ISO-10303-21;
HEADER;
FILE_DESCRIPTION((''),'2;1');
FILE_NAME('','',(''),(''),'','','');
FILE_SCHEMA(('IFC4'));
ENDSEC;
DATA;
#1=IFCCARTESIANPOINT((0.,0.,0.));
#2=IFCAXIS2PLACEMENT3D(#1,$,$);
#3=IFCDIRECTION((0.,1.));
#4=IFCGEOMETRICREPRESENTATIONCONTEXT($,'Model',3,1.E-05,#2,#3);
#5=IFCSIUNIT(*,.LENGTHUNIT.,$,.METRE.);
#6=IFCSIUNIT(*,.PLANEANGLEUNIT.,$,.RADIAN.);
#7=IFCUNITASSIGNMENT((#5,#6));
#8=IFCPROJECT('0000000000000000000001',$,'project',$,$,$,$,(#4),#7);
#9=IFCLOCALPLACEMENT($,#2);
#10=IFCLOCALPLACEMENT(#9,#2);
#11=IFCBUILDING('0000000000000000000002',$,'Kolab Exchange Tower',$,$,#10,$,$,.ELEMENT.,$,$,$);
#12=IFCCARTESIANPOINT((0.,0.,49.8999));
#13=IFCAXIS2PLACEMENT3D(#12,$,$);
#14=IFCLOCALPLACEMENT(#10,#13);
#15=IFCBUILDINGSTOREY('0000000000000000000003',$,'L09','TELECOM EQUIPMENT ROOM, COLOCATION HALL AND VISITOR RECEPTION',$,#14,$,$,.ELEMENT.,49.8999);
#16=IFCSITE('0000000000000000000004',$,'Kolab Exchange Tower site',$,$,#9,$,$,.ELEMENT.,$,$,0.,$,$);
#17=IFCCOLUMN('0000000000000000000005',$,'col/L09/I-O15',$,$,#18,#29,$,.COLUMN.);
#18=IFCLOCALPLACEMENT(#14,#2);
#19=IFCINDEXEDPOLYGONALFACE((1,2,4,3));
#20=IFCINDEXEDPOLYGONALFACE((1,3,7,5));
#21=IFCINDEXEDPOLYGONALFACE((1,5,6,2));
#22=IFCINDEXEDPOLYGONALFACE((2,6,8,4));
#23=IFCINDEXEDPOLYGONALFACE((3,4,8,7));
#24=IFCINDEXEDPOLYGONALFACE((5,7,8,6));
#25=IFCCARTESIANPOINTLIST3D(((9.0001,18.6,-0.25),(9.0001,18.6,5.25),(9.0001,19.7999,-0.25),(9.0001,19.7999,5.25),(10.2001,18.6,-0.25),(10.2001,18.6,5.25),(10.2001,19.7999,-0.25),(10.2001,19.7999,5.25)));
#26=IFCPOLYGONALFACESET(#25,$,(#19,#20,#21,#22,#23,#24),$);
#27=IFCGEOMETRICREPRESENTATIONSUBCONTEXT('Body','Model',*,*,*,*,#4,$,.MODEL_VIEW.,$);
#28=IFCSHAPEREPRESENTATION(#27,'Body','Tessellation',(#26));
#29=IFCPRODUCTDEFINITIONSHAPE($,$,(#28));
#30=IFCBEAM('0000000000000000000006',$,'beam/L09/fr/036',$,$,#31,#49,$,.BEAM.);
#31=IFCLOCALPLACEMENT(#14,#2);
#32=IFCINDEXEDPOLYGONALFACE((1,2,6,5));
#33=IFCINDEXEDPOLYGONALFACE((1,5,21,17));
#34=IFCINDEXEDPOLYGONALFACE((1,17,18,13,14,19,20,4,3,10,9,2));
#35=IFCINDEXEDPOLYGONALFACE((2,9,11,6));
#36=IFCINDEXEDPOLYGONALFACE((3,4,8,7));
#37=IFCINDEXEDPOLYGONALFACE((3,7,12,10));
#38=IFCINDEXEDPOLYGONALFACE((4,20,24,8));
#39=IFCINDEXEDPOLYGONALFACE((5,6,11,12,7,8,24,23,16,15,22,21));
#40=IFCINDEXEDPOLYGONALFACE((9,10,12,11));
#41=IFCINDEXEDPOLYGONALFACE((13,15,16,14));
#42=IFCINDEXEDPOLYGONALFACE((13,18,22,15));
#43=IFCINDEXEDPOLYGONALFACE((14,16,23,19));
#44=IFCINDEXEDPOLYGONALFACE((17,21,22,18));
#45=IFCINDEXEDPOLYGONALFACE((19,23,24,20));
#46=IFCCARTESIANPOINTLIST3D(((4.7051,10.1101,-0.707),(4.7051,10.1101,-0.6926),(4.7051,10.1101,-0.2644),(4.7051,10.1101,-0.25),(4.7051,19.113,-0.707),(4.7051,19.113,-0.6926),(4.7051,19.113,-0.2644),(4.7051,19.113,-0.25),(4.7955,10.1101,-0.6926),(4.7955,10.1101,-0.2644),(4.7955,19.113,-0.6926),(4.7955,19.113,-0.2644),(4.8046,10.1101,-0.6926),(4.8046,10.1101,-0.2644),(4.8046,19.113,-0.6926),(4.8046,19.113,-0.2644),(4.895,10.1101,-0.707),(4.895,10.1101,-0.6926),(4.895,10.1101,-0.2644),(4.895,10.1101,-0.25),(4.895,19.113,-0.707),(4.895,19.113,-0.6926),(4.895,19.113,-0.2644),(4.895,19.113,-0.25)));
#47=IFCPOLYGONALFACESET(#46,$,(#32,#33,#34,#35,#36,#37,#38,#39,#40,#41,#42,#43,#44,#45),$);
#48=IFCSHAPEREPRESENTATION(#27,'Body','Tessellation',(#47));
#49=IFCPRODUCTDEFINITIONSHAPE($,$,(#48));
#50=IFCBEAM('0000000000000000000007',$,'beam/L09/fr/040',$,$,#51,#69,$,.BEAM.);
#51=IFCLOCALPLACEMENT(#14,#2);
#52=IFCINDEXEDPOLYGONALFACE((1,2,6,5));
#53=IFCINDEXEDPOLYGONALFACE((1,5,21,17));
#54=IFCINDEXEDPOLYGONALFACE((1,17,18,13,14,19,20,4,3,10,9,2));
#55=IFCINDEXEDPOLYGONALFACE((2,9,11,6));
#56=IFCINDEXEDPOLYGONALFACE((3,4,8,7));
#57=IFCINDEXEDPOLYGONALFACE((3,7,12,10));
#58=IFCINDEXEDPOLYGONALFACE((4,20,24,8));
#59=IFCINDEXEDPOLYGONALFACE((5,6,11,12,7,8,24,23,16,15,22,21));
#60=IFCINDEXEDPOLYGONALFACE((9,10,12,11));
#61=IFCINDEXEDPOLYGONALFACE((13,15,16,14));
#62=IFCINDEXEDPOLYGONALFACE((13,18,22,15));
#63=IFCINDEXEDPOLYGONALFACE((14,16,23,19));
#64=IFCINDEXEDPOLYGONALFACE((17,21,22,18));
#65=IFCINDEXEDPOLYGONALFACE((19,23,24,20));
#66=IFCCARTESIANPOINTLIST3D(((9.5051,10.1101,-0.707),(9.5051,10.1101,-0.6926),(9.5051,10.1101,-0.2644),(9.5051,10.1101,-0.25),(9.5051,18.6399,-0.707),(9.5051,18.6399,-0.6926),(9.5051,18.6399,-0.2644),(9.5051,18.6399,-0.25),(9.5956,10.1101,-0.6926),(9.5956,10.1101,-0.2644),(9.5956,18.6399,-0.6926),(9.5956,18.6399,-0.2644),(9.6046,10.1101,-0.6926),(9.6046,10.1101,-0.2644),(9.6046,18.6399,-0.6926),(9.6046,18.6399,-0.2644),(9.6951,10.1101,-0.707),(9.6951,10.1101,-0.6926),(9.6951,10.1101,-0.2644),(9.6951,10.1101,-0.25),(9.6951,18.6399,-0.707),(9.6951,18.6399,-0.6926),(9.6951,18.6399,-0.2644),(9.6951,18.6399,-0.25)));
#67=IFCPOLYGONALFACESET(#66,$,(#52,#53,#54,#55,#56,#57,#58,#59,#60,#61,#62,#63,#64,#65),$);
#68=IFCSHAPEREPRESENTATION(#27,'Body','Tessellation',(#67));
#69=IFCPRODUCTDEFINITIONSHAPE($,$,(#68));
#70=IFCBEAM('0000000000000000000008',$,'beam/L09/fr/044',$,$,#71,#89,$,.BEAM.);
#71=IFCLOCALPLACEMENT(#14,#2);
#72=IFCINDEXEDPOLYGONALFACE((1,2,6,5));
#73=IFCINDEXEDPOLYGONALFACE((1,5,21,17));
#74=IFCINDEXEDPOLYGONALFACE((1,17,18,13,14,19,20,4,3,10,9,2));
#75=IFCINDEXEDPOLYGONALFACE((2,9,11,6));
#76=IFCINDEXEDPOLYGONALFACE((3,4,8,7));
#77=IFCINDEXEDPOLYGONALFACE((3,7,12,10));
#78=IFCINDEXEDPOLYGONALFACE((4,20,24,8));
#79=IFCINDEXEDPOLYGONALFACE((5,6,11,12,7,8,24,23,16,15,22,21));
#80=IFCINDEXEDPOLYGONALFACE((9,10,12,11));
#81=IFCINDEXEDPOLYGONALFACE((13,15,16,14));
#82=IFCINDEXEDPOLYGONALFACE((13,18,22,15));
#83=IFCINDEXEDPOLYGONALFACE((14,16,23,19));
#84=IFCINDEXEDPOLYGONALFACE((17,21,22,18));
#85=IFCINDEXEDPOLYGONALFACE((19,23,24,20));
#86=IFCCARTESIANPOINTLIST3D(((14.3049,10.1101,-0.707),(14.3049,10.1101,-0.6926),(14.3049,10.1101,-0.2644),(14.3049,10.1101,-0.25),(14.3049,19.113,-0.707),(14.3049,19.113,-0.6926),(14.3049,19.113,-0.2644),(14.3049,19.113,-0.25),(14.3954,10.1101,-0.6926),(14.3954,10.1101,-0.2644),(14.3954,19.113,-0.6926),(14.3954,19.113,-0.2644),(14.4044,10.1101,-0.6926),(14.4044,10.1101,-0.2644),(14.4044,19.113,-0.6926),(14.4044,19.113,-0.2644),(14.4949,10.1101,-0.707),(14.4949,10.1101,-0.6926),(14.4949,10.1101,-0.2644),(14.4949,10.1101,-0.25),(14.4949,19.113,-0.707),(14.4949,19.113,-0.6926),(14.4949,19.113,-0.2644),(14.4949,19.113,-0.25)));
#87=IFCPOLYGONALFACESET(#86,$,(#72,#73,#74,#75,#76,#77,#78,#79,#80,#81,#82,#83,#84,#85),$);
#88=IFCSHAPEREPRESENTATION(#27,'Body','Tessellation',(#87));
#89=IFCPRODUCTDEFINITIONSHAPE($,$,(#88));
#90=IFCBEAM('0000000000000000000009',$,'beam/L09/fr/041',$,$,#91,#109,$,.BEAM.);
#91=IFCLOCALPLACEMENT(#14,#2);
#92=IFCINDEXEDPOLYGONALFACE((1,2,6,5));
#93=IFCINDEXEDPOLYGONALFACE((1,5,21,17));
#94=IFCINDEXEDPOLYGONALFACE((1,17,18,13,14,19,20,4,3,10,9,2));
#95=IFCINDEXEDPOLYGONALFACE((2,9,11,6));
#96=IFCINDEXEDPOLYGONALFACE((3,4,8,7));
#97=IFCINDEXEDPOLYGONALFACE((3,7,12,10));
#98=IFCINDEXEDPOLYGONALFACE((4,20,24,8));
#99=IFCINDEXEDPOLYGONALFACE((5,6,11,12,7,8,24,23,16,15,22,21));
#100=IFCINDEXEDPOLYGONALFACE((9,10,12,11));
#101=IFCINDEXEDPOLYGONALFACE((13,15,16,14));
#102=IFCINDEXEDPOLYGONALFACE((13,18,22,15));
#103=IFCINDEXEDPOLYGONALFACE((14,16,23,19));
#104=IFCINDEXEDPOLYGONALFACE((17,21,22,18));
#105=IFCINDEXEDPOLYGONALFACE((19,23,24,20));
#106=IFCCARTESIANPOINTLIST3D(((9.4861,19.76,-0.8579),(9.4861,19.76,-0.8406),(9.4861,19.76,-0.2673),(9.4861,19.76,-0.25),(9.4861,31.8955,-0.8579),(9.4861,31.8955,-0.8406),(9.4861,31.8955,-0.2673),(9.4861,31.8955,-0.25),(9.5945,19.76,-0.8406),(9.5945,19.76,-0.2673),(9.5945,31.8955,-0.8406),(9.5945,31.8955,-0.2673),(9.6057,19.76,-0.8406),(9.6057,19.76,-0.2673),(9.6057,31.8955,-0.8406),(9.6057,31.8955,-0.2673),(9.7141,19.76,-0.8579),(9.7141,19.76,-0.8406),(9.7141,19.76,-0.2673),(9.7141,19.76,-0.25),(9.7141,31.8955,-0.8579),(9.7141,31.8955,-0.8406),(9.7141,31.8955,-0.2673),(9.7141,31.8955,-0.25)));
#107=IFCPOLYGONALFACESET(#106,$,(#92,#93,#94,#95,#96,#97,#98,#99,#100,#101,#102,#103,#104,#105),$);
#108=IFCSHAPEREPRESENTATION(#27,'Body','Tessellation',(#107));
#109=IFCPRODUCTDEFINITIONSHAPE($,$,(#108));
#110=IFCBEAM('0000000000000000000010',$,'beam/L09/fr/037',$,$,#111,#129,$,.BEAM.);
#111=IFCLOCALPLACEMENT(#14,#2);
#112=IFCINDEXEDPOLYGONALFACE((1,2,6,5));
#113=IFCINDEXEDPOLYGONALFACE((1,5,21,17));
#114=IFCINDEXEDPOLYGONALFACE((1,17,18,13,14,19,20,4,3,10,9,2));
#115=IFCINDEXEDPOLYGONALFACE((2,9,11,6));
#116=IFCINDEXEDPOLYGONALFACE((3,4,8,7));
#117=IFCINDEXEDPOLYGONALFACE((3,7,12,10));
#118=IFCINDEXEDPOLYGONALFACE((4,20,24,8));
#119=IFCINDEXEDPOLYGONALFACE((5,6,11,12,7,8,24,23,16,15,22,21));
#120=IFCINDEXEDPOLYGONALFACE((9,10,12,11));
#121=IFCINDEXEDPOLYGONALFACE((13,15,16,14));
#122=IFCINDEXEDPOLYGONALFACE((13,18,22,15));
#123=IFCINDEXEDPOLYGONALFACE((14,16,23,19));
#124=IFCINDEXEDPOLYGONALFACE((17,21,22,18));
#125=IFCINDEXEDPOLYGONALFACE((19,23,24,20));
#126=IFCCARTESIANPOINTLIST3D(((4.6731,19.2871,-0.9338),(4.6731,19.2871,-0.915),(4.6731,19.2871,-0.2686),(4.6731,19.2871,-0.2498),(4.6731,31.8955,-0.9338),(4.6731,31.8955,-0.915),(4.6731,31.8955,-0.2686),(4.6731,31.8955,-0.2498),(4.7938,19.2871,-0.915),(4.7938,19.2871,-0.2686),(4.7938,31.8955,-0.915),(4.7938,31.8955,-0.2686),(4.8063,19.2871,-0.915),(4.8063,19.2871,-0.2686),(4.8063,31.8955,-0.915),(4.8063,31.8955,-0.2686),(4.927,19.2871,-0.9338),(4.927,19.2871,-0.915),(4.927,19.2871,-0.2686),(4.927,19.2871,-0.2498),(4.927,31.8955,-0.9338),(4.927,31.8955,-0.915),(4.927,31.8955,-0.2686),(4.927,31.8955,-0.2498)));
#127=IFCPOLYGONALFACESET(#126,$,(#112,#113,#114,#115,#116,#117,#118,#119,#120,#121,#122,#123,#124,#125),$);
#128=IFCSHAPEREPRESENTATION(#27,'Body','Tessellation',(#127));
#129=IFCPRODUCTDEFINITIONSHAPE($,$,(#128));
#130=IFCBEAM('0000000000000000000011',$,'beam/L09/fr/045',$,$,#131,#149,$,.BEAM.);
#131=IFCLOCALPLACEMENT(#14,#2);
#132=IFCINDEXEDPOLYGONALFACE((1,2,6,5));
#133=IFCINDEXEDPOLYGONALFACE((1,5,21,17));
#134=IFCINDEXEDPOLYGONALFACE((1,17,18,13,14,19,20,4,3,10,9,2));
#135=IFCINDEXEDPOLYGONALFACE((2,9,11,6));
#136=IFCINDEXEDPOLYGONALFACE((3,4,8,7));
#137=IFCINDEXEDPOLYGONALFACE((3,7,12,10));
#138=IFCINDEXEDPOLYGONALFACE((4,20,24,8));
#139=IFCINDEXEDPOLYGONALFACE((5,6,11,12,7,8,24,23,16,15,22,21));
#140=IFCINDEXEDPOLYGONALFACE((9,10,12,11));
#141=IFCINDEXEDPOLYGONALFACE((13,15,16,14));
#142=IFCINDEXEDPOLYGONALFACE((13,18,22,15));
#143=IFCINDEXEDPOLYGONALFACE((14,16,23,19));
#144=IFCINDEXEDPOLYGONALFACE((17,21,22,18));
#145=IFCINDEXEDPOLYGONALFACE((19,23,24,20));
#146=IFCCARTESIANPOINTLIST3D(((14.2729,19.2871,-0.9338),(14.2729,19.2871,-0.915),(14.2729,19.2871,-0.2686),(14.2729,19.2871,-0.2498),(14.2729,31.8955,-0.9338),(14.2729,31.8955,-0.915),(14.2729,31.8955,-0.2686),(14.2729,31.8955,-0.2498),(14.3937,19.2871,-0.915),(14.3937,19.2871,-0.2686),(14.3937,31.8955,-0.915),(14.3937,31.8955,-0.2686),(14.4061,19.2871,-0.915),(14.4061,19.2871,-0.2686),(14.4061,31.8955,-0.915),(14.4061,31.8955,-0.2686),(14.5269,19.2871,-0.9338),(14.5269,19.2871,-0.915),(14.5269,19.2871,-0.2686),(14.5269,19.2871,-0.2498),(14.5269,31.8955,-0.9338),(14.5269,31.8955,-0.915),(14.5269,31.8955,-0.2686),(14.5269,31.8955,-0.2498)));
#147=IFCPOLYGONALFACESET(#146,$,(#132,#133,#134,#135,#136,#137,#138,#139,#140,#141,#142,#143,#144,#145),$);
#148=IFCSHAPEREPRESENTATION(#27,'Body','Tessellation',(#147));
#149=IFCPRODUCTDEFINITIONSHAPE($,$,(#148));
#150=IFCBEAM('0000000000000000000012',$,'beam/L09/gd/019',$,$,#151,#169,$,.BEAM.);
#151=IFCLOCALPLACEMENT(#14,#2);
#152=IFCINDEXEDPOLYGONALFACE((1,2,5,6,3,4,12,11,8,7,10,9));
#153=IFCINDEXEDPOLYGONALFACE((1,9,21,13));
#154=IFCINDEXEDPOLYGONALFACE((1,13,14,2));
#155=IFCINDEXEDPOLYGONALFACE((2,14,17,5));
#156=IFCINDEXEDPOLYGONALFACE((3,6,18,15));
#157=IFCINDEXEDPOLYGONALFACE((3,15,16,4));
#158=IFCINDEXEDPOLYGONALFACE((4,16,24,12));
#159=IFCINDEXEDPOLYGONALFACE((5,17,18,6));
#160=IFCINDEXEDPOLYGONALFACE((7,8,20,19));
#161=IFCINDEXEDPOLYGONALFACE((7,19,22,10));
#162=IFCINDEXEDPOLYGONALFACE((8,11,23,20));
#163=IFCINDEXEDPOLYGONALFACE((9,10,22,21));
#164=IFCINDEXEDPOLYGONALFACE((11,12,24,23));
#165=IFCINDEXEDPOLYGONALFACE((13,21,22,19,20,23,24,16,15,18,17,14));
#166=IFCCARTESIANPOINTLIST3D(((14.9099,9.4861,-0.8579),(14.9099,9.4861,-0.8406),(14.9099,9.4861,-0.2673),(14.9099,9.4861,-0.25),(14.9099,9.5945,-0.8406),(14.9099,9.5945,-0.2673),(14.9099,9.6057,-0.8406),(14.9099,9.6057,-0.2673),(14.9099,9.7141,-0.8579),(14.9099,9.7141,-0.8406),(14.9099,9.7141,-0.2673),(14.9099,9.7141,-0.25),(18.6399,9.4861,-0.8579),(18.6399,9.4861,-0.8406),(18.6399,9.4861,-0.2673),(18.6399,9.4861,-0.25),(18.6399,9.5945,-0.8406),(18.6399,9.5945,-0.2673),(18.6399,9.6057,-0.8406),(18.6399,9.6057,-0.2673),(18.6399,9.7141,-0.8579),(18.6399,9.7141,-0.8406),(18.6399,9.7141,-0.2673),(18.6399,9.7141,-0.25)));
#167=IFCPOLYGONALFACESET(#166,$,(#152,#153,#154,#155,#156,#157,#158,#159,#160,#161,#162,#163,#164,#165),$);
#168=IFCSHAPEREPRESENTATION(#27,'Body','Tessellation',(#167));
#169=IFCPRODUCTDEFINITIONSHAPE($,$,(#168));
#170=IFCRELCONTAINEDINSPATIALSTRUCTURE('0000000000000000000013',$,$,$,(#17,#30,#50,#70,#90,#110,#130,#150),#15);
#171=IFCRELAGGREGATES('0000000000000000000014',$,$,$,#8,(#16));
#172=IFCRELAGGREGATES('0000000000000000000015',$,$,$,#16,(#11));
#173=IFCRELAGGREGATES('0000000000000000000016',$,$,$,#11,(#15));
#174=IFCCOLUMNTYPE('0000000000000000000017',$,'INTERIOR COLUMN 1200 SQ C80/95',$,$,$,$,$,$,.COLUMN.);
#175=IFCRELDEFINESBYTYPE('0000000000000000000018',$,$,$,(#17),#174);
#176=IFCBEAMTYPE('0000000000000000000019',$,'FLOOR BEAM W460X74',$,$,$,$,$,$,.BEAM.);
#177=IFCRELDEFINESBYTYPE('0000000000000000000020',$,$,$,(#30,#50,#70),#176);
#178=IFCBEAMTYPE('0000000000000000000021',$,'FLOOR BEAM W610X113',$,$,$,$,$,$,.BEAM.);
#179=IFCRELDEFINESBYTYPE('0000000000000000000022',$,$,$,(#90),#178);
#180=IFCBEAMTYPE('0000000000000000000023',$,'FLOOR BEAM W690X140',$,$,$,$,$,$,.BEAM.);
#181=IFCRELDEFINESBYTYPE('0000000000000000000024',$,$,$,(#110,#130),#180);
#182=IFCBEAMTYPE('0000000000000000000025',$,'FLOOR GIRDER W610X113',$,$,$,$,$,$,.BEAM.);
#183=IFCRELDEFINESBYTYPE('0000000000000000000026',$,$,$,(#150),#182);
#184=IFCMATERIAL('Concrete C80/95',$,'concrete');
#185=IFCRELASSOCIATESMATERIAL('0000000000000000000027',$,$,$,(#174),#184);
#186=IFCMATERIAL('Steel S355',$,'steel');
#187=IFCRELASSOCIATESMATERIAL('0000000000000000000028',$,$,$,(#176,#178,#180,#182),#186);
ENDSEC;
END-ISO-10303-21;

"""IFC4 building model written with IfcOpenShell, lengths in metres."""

from ifc_helpers import new_model, si_unit, direction, frame, origin, origin_2d, place, context, subcontext, project, spatial, rectangle, i_section, extrude, material, material_profile, profile_set, type_object, element, save


model = new_model("IFC4")

# Units and contexts
model_context = context("Model", 3, precision=1e-05, world=origin(), true_north=direction((0.0, 1.0)))
body_context = subcontext(model_context, "Body", "Model", "MODEL_VIEW")
ifc_project = project(units=[si_unit("LENGTHUNIT", "METRE"), si_unit("PLANEANGLEUNIT", "RADIAN")], contexts=[model_context])

# Site, building, storey
site_placement = place(None, origin())
site = spatial("IfcSite", under=ifc_project, at=site_placement, Name="Kolab Exchange Tower site", CompositionType="ELEMENT", RefElevation=0.0)
building_placement = place(site_placement, origin())
building = spatial("IfcBuilding", under=site, at=building_placement, Name="Kolab Exchange Tower", CompositionType="ELEMENT")
storey_placement = place(building_placement, frame((0.0, 0.0, 49.8999)))
storey = spatial("IfcBuildingStorey", under=building, at=storey_placement, Name="L09", Description="TELECOM EQUIPMENT ROOM, COLOCATION HALL AND VISITOR RECEPTION", CompositionType="ELEMENT", Elevation=49.8999)

# Column
ifc_material_1 = material(Name="Concrete C80/95", Category="concrete")
ifc_material_profile_1 = material_profile(ifc_material_1, rectangle(XDim=1.2, YDim=1.2, at=origin_2d()), Name="RC1200")
ifc_profile_set_1 = profile_set([ifc_material_profile_1], Name="Concrete C80/95")
column_type = type_object("IfcColumnType", Name="INTERIOR COLUMN 1200 SQ C80/95", PredefinedType="COLUMN", material=ifc_profile_set_1)
column_placement = place(storey_placement, frame((9.6001, 19.2, -0.25), z_axis=(0.0, 0.0, 1.0), x_axis=(1.0, 0.0, 0.0)))
element("IfcColumn", 1, at=column_placement, inside=storey, type_object=column_type, Name="col/L09/I-O15", PredefinedType="COLUMN", context=body_context, shape_type="SweptSolid", body=[
    extrude(rectangle(XDim=1.2, YDim=1.2, at=origin_2d()), origin(), (0.0, 0.0, 1.0), 5.5),
])

# Beams
ifc_material_2 = material(Name="Steel S355", Category="steel")
ifc_material_profile_2 = material_profile(ifc_material_2, i_section(OverallWidth=0.1899, OverallDepth=0.457, WebThickness=0.009, FlangeThickness=0.0144, at=origin_2d()), Name="W460X74")
ifc_profile_set_2 = profile_set([ifc_material_profile_2], Name="Steel S355")
beam_type_1 = type_object("IfcBeamType", Name="FLOOR BEAM W460X74", PredefinedType="BEAM", material=ifc_profile_set_2)
beam_1_placement = place(storey_placement, frame((4.8, 10.1101, -0.4785), z_axis=(0.0, 1.0, 0.0), x_axis=(-1.0, 0.0, 0.0)))
element("IfcBeam", 2, at=beam_1_placement, inside=storey, type_object=beam_type_1, Name="beam/L09/fr/036", PredefinedType="BEAM", context=body_context, shape_type="SweptSolid", body=[
    extrude(i_section(OverallWidth=0.1899, OverallDepth=0.457, WebThickness=0.009, FlangeThickness=0.0144, at=origin_2d()), origin(), (0.0, 0.0, 1.0), 9.0029),
])
beam_2_placement = place(storey_placement, frame((9.6001, 10.1101, -0.4785), z_axis=(0.0, 1.0, 0.0), x_axis=(-1.0, 0.0, 0.0)))
element("IfcBeam", 3, at=beam_2_placement, inside=storey, type_object=beam_type_1, Name="beam/L09/fr/040", PredefinedType="BEAM", context=body_context, shape_type="SweptSolid", body=[
    extrude(i_section(OverallWidth=0.1899, OverallDepth=0.457, WebThickness=0.009, FlangeThickness=0.0144, at=origin_2d()), origin(), (0.0, 0.0, 1.0), 8.5298),
])
beam_3_placement = place(storey_placement, frame((14.3999, 10.1101, -0.4785), z_axis=(0.0, 1.0, 0.0), x_axis=(-1.0, 0.0, 0.0)))
element("IfcBeam", 4, at=beam_3_placement, inside=storey, type_object=beam_type_1, Name="beam/L09/fr/044", PredefinedType="BEAM", context=body_context, shape_type="SweptSolid", body=[
    extrude(i_section(OverallWidth=0.1899, OverallDepth=0.457, WebThickness=0.009, FlangeThickness=0.0144, at=origin_2d()), origin(), (0.0, 0.0, 1.0), 9.0029),
])
ifc_material_profile_3 = material_profile(ifc_material_2, i_section(OverallWidth=0.228, OverallDepth=0.6079, WebThickness=0.0112, FlangeThickness=0.0173, at=origin_2d()), Name="W610X113")
ifc_profile_set_3 = profile_set([ifc_material_profile_3], Name="Steel S355")
beam_type_2 = type_object("IfcBeamType", Name="FLOOR BEAM W610X113", PredefinedType="BEAM", material=ifc_profile_set_3)
beam_4_placement = place(storey_placement, frame((9.6001, 19.76, -0.554), z_axis=(0.0, 1.0, 0.0), x_axis=(-1.0, 0.0, 0.0)))
element("IfcBeam", 5, at=beam_4_placement, inside=storey, type_object=beam_type_2, Name="beam/L09/fr/041", PredefinedType="BEAM", context=body_context, shape_type="SweptSolid", body=[
    extrude(i_section(OverallWidth=0.228, OverallDepth=0.6079, WebThickness=0.0112, FlangeThickness=0.0173, at=origin_2d()), origin(), (0.0, 0.0, 1.0), 12.1355),
])
ifc_material_profile_4 = material_profile(ifc_material_2, i_section(OverallWidth=0.2539, OverallDepth=0.6841, WebThickness=0.0125, FlangeThickness=0.0188, at=origin_2d()), Name="W690X140")
ifc_profile_set_4 = profile_set([ifc_material_profile_4], Name="Steel S355")
beam_type_3 = type_object("IfcBeamType", Name="FLOOR BEAM W690X140", PredefinedType="BEAM", material=ifc_profile_set_4)
for number, where, z_axis, x_axis, name in (
    (6, (4.8, 19.2871, -0.5918), (0.0, 1.0, 0.0), (-1.0, 0.0, 0.0), "beam/L09/fr/037"),
    (7, (14.3999, 19.2871, -0.5918), (0.0, 1.0, 0.0), (-1.0, 0.0, 0.0), "beam/L09/fr/045"),
):
    element("IfcBeam", number, at=place(storey_placement, frame(where, z_axis=z_axis, x_axis=x_axis)), inside=storey, type_object=beam_type_3, Name=name, PredefinedType="BEAM", context=body_context, shape_type="SweptSolid", body=[
        extrude(i_section(OverallWidth=0.2539, OverallDepth=0.6841, WebThickness=0.0125, FlangeThickness=0.0188, at=origin_2d()), origin(), (0.0, 0.0, 1.0), 12.6084),
    ])
ifc_material_profile_5 = material_profile(ifc_material_2, i_section(OverallWidth=0.228, OverallDepth=0.6079, WebThickness=0.0112, FlangeThickness=0.0173, at=origin_2d()), Name="W610X113")
ifc_profile_set_5 = profile_set([ifc_material_profile_5], Name="Steel S355")
beam_type_4 = type_object("IfcBeamType", Name="FLOOR GIRDER W610X113", PredefinedType="BEAM", material=ifc_profile_set_5)
beam_5_placement = place(storey_placement, frame((14.9099, 9.6001, -0.554), z_axis=(1.0, 0.0, 0.0), x_axis=(0.0, 1.0, 0.0)))
element("IfcBeam", 8, at=beam_5_placement, inside=storey, type_object=beam_type_4, Name="beam/L09/gd/019", PredefinedType="BEAM", context=body_context, shape_type="SweptSolid", body=[
    extrude(i_section(OverallWidth=0.228, OverallDepth=0.6079, WebThickness=0.0112, FlangeThickness=0.0173, at=origin_2d()), origin(), (0.0, 0.0, 1.0), 3.73),
])

save(model, "model.ifc")
